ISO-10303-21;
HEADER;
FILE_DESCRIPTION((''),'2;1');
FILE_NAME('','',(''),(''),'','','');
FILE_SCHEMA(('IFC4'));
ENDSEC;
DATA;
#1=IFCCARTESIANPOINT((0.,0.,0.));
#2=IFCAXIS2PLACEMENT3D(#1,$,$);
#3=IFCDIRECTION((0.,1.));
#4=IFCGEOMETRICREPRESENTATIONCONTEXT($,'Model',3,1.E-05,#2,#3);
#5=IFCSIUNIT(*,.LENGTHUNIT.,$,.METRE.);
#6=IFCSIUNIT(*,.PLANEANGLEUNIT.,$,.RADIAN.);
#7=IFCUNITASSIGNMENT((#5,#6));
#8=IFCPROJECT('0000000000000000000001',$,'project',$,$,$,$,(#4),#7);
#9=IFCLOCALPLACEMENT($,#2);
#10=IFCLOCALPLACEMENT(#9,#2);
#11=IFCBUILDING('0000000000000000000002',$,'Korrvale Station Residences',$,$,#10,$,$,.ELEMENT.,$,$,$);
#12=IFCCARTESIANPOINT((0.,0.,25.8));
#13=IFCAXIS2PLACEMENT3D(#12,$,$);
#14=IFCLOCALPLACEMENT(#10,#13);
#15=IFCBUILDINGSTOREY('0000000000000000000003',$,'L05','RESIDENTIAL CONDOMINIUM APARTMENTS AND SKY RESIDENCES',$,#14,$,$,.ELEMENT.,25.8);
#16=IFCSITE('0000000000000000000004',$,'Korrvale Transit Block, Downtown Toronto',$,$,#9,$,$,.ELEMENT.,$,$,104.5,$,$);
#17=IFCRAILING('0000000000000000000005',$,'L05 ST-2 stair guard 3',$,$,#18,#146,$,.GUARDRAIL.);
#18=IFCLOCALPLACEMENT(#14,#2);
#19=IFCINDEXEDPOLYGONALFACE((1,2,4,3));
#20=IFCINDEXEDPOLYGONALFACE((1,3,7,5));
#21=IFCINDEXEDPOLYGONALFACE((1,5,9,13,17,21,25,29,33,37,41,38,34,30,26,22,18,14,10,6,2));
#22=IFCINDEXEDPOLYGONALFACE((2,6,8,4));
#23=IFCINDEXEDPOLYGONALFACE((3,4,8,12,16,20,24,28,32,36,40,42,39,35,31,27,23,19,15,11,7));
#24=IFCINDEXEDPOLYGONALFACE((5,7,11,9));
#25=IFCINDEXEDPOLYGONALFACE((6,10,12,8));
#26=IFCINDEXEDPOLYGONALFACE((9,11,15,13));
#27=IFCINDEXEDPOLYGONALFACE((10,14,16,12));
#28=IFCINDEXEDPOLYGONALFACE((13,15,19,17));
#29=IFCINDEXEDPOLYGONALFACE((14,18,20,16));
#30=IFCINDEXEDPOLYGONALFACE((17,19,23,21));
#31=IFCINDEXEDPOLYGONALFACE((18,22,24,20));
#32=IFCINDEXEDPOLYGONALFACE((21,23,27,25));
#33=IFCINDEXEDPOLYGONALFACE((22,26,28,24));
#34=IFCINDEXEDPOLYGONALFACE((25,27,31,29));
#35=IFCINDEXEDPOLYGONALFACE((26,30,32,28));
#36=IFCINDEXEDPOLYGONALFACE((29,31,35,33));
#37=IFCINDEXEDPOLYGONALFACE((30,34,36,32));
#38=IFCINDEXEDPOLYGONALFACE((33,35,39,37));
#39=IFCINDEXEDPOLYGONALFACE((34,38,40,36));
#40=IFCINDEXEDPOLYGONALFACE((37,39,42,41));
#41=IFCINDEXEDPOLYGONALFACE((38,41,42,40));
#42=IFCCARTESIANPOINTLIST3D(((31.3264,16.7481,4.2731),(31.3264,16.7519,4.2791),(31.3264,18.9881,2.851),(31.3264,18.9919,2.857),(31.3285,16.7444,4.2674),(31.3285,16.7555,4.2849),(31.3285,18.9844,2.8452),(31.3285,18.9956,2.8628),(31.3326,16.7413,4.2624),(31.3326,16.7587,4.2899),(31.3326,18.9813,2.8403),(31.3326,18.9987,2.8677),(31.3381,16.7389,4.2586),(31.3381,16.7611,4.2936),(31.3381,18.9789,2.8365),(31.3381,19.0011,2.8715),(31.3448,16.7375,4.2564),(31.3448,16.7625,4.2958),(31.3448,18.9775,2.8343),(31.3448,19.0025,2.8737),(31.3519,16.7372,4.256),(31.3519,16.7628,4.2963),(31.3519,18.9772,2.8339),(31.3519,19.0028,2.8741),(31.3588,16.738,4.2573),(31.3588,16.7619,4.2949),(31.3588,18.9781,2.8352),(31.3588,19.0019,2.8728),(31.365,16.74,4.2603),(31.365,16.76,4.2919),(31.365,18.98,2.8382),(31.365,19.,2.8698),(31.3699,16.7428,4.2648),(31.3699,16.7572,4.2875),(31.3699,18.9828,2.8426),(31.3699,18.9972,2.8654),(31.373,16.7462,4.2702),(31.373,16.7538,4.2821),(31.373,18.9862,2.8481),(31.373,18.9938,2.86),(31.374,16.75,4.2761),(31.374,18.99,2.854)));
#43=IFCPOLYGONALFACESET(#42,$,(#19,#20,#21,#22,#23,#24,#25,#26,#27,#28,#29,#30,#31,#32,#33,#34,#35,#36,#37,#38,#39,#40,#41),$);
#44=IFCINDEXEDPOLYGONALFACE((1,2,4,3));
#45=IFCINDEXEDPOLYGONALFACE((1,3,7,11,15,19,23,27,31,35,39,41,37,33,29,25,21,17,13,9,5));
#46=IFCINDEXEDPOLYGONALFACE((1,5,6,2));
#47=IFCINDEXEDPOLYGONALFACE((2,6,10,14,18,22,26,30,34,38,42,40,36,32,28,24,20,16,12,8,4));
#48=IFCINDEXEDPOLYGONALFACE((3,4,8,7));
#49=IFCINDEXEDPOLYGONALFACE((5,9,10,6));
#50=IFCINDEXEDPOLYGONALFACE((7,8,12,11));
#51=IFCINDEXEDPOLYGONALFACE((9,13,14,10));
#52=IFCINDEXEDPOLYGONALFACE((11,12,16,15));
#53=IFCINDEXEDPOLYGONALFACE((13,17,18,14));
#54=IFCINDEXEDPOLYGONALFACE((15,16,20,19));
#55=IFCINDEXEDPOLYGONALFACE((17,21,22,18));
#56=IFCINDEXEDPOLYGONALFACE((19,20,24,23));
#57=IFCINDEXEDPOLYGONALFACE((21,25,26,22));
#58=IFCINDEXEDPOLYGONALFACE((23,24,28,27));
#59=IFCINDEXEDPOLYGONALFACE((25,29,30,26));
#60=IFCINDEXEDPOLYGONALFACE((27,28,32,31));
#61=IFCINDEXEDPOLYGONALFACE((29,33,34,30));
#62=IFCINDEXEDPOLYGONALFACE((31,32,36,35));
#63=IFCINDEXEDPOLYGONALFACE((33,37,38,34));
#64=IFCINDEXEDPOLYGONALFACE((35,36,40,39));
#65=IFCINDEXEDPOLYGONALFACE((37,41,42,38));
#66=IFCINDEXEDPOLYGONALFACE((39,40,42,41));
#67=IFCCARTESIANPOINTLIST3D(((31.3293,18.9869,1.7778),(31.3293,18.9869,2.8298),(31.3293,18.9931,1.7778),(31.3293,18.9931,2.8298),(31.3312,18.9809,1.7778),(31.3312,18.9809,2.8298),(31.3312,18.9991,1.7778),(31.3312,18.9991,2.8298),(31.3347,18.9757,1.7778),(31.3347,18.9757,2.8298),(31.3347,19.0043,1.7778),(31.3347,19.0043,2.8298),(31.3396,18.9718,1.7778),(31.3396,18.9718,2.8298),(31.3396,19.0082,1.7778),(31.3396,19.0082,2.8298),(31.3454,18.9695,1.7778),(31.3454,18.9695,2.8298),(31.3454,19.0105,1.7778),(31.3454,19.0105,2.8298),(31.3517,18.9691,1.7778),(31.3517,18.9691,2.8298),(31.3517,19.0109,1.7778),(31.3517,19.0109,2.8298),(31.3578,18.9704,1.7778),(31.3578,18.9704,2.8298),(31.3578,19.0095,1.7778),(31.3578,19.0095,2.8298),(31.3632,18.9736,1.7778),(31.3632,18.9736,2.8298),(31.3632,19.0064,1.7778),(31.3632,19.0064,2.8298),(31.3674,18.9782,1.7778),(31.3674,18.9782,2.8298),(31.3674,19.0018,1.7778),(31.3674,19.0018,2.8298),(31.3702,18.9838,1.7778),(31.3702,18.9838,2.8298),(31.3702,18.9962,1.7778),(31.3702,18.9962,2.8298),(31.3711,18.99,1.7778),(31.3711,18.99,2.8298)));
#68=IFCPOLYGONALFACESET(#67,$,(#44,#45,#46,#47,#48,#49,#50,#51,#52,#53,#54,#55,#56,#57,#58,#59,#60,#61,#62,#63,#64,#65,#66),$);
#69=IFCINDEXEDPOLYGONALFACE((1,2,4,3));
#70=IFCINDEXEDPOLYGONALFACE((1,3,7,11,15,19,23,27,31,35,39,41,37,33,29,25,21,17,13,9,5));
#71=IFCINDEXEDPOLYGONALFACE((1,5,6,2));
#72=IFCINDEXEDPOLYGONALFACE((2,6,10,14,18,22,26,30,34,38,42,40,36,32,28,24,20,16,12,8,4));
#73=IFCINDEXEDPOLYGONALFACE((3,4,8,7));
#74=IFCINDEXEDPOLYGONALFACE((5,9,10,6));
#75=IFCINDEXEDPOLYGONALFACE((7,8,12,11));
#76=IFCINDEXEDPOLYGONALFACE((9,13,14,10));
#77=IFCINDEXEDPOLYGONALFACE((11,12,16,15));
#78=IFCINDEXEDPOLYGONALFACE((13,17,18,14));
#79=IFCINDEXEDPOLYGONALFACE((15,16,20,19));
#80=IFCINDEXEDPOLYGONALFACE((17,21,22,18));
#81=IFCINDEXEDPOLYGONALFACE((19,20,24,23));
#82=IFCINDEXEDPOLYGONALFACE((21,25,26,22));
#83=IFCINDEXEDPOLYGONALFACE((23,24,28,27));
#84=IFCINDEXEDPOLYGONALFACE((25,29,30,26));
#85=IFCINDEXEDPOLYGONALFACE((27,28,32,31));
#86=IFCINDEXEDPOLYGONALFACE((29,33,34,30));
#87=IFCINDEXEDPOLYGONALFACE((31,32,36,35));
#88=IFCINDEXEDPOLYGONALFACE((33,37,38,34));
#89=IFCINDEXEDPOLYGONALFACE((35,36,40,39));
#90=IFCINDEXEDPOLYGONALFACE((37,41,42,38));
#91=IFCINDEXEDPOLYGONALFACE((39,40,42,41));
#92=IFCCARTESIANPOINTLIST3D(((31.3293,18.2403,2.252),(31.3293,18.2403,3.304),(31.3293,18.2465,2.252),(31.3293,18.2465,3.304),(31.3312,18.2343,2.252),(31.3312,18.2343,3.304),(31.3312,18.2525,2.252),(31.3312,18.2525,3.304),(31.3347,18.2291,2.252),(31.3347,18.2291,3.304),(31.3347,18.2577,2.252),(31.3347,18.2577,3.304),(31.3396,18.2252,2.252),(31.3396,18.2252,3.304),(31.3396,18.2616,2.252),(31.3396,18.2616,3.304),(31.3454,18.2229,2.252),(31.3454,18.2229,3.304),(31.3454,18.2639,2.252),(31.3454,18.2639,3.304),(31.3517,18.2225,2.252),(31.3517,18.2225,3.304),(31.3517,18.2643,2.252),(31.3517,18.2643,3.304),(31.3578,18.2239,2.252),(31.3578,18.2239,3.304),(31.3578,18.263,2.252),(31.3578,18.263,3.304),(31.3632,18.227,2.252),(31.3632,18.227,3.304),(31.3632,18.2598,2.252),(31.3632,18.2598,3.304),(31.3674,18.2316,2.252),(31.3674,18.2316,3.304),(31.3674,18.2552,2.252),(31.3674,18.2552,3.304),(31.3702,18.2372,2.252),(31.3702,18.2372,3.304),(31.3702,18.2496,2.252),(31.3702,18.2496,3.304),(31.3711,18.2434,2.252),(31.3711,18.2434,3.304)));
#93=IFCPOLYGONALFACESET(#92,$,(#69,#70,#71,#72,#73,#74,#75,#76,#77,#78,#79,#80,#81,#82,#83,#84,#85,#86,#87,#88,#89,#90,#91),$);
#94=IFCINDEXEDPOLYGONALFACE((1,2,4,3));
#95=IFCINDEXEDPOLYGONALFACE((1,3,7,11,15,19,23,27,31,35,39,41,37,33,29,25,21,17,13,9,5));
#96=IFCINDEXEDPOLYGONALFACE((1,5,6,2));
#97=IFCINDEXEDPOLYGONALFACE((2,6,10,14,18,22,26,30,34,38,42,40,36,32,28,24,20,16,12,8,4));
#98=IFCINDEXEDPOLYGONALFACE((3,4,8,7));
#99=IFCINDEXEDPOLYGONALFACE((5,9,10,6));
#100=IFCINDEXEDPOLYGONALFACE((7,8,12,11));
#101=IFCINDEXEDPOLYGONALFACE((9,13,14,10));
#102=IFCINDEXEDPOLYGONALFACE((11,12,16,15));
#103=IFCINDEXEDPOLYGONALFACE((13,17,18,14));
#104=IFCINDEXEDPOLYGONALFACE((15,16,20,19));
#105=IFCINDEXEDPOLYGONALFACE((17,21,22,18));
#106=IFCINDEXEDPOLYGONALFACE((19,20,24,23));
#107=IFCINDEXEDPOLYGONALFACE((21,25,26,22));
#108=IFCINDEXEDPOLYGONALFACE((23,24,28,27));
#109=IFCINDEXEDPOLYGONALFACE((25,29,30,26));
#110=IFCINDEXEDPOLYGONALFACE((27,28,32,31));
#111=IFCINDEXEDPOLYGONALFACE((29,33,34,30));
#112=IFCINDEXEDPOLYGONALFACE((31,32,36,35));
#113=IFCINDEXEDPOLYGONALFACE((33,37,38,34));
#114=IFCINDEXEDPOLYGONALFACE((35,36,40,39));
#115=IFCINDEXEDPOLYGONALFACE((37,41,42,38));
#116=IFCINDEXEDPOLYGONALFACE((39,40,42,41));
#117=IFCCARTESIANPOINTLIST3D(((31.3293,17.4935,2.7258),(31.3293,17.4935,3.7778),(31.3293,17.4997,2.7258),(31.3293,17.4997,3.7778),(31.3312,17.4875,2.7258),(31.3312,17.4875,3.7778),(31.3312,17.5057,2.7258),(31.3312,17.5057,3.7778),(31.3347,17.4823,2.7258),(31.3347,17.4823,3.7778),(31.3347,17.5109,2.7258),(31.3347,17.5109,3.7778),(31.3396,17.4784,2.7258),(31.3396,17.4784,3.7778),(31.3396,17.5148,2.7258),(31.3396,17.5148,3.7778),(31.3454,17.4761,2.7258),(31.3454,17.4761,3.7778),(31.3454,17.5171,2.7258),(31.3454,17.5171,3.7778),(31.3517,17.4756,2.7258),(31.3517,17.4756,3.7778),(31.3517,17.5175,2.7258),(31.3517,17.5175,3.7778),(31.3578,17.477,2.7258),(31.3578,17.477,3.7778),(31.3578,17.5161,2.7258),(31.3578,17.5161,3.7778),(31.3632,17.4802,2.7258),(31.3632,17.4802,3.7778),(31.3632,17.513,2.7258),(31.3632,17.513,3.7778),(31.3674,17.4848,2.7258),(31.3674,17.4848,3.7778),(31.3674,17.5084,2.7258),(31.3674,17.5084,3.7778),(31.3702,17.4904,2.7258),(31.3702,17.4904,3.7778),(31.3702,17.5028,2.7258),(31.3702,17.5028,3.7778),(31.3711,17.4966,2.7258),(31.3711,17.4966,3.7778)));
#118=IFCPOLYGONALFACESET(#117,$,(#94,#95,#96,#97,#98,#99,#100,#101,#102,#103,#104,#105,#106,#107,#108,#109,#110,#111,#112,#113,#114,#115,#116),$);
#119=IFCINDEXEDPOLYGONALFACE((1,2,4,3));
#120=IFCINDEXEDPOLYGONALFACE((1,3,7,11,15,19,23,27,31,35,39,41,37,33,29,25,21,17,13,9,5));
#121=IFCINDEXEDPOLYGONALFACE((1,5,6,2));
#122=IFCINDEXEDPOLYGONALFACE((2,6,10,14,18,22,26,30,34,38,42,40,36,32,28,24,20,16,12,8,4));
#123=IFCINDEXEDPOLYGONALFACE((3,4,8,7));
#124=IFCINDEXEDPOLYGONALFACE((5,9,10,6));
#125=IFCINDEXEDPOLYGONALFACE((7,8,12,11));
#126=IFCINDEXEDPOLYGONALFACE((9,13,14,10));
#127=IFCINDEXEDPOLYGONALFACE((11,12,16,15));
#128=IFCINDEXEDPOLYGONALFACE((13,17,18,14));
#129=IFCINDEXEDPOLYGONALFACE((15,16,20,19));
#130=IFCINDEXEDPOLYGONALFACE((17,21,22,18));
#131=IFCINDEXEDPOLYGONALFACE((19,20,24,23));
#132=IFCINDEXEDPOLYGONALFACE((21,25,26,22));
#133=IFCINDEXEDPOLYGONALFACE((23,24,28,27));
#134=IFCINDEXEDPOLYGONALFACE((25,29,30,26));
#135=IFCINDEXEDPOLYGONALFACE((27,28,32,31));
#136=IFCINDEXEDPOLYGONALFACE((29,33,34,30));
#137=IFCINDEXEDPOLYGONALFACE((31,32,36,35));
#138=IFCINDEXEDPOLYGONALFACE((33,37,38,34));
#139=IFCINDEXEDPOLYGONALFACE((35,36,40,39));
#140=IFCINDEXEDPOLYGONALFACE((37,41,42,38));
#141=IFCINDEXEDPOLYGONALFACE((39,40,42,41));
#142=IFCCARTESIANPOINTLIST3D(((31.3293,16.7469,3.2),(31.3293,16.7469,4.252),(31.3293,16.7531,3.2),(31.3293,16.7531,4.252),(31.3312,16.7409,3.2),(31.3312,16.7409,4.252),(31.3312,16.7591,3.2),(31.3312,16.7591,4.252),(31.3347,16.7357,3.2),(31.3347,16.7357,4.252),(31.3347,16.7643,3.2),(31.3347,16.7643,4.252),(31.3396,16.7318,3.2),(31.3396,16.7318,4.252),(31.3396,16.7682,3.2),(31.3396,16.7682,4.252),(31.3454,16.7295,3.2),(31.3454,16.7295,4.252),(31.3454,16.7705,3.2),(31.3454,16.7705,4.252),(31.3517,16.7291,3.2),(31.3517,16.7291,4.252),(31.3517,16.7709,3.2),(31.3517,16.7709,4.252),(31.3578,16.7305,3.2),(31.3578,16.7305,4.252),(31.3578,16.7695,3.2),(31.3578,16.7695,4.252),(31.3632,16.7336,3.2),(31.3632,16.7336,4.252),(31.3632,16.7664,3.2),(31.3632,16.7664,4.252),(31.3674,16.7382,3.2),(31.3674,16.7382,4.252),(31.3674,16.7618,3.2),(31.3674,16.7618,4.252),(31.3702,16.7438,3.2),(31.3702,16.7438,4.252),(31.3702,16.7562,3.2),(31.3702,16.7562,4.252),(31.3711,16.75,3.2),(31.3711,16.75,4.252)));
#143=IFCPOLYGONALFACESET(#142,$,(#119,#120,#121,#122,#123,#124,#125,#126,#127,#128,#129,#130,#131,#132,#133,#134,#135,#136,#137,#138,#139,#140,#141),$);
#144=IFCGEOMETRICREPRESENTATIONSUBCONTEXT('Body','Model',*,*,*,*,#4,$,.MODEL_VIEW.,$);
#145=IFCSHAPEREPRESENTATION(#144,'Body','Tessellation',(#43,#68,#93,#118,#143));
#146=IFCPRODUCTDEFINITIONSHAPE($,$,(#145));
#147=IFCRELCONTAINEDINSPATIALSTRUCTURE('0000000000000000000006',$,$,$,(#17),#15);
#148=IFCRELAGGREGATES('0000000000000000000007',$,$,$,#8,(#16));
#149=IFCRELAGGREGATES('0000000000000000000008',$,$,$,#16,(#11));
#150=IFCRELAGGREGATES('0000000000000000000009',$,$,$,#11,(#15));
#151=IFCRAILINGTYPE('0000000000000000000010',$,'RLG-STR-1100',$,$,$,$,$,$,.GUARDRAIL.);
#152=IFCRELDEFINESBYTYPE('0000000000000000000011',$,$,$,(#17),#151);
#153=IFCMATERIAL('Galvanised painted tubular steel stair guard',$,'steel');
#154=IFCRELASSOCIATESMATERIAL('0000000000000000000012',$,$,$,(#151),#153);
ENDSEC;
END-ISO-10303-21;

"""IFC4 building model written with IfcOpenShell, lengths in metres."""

from ifc_helpers import new_model, si_unit, direction, frame, origin, origin_2d, place, context, subcontext, project, spatial, circle, extrude, material, type_object, element, save


model = new_model("IFC4")

# Units and contexts
model_context = context("Model", 3, precision=1e-05, world=origin(), true_north=direction((0.0, 1.0)))
body_context = subcontext(model_context, "Body", "Model", "MODEL_VIEW")
ifc_project = project(units=[si_unit("LENGTHUNIT", "METRE"), si_unit("PLANEANGLEUNIT", "RADIAN")], contexts=[model_context])

# Site, building, storey
site_placement = place(None, origin())
site = spatial("IfcSite", under=ifc_project, at=site_placement, Name="Korrvale Transit Block, Downtown Toronto", CompositionType="ELEMENT", RefElevation=104.5)
building_placement = place(site_placement, origin())
building = spatial("IfcBuilding", under=site, at=building_placement, Name="Korrvale Station Residences", CompositionType="ELEMENT")
storey_placement = place(building_placement, frame((0.0, 0.0, 25.8)))
storey = spatial("IfcBuildingStorey", under=building, at=storey_placement, Name="L05", Description="RESIDENTIAL CONDOMINIUM APARTMENTS AND SKY RESIDENCES", CompositionType="ELEMENT", Elevation=25.8)

# Railing
ifc_material_1 = material(Name="Galvanised painted tubular steel stair guard", Category="steel")
railing_type_1 = type_object("IfcRailingType", Name="RLG-STR-1100", PredefinedType="GUARDRAIL", material=ifc_material_1)
railing_1_placement = place(storey_placement, frame((31.3501, 18.99, 1.7778)))
element("IfcRailing", 1, at=railing_1_placement, inside=storey, type_object=railing_type_1, Name="L05 ST-2 stair guard 3", PredefinedType="GUARDRAIL", context=body_context, shape_type="SweptSolid", body=[
    extrude(circle(Radius=0.0239, at=origin_2d()), frame((0.0, 0.0, 1.0762), z_axis=(0.0, -0.844229, 0.535982), x_axis=(1.0, 0.0, 0.0)), (0.0, 0.0, 1.0), 2.6533),
    extrude(circle(Radius=0.021, at=origin_2d()), origin(), (0.0, 0.0, 1.0), 1.052),
    extrude(circle(Radius=0.021, at=origin_2d()), frame((0.0, -0.7466, 0.4741)), (0.0, 0.0, 1.0), 1.052),
    extrude(circle(Radius=0.021, at=origin_2d()), frame((0.0, -1.4934, 0.948)), (0.0, 0.0, 1.0), 1.052),
    extrude(circle(Radius=0.021, at=origin_2d()), frame((0.0, -2.24, 1.4221)), (0.0, 0.0, 1.0), 1.052),
])

save(model, "model.ifc")
